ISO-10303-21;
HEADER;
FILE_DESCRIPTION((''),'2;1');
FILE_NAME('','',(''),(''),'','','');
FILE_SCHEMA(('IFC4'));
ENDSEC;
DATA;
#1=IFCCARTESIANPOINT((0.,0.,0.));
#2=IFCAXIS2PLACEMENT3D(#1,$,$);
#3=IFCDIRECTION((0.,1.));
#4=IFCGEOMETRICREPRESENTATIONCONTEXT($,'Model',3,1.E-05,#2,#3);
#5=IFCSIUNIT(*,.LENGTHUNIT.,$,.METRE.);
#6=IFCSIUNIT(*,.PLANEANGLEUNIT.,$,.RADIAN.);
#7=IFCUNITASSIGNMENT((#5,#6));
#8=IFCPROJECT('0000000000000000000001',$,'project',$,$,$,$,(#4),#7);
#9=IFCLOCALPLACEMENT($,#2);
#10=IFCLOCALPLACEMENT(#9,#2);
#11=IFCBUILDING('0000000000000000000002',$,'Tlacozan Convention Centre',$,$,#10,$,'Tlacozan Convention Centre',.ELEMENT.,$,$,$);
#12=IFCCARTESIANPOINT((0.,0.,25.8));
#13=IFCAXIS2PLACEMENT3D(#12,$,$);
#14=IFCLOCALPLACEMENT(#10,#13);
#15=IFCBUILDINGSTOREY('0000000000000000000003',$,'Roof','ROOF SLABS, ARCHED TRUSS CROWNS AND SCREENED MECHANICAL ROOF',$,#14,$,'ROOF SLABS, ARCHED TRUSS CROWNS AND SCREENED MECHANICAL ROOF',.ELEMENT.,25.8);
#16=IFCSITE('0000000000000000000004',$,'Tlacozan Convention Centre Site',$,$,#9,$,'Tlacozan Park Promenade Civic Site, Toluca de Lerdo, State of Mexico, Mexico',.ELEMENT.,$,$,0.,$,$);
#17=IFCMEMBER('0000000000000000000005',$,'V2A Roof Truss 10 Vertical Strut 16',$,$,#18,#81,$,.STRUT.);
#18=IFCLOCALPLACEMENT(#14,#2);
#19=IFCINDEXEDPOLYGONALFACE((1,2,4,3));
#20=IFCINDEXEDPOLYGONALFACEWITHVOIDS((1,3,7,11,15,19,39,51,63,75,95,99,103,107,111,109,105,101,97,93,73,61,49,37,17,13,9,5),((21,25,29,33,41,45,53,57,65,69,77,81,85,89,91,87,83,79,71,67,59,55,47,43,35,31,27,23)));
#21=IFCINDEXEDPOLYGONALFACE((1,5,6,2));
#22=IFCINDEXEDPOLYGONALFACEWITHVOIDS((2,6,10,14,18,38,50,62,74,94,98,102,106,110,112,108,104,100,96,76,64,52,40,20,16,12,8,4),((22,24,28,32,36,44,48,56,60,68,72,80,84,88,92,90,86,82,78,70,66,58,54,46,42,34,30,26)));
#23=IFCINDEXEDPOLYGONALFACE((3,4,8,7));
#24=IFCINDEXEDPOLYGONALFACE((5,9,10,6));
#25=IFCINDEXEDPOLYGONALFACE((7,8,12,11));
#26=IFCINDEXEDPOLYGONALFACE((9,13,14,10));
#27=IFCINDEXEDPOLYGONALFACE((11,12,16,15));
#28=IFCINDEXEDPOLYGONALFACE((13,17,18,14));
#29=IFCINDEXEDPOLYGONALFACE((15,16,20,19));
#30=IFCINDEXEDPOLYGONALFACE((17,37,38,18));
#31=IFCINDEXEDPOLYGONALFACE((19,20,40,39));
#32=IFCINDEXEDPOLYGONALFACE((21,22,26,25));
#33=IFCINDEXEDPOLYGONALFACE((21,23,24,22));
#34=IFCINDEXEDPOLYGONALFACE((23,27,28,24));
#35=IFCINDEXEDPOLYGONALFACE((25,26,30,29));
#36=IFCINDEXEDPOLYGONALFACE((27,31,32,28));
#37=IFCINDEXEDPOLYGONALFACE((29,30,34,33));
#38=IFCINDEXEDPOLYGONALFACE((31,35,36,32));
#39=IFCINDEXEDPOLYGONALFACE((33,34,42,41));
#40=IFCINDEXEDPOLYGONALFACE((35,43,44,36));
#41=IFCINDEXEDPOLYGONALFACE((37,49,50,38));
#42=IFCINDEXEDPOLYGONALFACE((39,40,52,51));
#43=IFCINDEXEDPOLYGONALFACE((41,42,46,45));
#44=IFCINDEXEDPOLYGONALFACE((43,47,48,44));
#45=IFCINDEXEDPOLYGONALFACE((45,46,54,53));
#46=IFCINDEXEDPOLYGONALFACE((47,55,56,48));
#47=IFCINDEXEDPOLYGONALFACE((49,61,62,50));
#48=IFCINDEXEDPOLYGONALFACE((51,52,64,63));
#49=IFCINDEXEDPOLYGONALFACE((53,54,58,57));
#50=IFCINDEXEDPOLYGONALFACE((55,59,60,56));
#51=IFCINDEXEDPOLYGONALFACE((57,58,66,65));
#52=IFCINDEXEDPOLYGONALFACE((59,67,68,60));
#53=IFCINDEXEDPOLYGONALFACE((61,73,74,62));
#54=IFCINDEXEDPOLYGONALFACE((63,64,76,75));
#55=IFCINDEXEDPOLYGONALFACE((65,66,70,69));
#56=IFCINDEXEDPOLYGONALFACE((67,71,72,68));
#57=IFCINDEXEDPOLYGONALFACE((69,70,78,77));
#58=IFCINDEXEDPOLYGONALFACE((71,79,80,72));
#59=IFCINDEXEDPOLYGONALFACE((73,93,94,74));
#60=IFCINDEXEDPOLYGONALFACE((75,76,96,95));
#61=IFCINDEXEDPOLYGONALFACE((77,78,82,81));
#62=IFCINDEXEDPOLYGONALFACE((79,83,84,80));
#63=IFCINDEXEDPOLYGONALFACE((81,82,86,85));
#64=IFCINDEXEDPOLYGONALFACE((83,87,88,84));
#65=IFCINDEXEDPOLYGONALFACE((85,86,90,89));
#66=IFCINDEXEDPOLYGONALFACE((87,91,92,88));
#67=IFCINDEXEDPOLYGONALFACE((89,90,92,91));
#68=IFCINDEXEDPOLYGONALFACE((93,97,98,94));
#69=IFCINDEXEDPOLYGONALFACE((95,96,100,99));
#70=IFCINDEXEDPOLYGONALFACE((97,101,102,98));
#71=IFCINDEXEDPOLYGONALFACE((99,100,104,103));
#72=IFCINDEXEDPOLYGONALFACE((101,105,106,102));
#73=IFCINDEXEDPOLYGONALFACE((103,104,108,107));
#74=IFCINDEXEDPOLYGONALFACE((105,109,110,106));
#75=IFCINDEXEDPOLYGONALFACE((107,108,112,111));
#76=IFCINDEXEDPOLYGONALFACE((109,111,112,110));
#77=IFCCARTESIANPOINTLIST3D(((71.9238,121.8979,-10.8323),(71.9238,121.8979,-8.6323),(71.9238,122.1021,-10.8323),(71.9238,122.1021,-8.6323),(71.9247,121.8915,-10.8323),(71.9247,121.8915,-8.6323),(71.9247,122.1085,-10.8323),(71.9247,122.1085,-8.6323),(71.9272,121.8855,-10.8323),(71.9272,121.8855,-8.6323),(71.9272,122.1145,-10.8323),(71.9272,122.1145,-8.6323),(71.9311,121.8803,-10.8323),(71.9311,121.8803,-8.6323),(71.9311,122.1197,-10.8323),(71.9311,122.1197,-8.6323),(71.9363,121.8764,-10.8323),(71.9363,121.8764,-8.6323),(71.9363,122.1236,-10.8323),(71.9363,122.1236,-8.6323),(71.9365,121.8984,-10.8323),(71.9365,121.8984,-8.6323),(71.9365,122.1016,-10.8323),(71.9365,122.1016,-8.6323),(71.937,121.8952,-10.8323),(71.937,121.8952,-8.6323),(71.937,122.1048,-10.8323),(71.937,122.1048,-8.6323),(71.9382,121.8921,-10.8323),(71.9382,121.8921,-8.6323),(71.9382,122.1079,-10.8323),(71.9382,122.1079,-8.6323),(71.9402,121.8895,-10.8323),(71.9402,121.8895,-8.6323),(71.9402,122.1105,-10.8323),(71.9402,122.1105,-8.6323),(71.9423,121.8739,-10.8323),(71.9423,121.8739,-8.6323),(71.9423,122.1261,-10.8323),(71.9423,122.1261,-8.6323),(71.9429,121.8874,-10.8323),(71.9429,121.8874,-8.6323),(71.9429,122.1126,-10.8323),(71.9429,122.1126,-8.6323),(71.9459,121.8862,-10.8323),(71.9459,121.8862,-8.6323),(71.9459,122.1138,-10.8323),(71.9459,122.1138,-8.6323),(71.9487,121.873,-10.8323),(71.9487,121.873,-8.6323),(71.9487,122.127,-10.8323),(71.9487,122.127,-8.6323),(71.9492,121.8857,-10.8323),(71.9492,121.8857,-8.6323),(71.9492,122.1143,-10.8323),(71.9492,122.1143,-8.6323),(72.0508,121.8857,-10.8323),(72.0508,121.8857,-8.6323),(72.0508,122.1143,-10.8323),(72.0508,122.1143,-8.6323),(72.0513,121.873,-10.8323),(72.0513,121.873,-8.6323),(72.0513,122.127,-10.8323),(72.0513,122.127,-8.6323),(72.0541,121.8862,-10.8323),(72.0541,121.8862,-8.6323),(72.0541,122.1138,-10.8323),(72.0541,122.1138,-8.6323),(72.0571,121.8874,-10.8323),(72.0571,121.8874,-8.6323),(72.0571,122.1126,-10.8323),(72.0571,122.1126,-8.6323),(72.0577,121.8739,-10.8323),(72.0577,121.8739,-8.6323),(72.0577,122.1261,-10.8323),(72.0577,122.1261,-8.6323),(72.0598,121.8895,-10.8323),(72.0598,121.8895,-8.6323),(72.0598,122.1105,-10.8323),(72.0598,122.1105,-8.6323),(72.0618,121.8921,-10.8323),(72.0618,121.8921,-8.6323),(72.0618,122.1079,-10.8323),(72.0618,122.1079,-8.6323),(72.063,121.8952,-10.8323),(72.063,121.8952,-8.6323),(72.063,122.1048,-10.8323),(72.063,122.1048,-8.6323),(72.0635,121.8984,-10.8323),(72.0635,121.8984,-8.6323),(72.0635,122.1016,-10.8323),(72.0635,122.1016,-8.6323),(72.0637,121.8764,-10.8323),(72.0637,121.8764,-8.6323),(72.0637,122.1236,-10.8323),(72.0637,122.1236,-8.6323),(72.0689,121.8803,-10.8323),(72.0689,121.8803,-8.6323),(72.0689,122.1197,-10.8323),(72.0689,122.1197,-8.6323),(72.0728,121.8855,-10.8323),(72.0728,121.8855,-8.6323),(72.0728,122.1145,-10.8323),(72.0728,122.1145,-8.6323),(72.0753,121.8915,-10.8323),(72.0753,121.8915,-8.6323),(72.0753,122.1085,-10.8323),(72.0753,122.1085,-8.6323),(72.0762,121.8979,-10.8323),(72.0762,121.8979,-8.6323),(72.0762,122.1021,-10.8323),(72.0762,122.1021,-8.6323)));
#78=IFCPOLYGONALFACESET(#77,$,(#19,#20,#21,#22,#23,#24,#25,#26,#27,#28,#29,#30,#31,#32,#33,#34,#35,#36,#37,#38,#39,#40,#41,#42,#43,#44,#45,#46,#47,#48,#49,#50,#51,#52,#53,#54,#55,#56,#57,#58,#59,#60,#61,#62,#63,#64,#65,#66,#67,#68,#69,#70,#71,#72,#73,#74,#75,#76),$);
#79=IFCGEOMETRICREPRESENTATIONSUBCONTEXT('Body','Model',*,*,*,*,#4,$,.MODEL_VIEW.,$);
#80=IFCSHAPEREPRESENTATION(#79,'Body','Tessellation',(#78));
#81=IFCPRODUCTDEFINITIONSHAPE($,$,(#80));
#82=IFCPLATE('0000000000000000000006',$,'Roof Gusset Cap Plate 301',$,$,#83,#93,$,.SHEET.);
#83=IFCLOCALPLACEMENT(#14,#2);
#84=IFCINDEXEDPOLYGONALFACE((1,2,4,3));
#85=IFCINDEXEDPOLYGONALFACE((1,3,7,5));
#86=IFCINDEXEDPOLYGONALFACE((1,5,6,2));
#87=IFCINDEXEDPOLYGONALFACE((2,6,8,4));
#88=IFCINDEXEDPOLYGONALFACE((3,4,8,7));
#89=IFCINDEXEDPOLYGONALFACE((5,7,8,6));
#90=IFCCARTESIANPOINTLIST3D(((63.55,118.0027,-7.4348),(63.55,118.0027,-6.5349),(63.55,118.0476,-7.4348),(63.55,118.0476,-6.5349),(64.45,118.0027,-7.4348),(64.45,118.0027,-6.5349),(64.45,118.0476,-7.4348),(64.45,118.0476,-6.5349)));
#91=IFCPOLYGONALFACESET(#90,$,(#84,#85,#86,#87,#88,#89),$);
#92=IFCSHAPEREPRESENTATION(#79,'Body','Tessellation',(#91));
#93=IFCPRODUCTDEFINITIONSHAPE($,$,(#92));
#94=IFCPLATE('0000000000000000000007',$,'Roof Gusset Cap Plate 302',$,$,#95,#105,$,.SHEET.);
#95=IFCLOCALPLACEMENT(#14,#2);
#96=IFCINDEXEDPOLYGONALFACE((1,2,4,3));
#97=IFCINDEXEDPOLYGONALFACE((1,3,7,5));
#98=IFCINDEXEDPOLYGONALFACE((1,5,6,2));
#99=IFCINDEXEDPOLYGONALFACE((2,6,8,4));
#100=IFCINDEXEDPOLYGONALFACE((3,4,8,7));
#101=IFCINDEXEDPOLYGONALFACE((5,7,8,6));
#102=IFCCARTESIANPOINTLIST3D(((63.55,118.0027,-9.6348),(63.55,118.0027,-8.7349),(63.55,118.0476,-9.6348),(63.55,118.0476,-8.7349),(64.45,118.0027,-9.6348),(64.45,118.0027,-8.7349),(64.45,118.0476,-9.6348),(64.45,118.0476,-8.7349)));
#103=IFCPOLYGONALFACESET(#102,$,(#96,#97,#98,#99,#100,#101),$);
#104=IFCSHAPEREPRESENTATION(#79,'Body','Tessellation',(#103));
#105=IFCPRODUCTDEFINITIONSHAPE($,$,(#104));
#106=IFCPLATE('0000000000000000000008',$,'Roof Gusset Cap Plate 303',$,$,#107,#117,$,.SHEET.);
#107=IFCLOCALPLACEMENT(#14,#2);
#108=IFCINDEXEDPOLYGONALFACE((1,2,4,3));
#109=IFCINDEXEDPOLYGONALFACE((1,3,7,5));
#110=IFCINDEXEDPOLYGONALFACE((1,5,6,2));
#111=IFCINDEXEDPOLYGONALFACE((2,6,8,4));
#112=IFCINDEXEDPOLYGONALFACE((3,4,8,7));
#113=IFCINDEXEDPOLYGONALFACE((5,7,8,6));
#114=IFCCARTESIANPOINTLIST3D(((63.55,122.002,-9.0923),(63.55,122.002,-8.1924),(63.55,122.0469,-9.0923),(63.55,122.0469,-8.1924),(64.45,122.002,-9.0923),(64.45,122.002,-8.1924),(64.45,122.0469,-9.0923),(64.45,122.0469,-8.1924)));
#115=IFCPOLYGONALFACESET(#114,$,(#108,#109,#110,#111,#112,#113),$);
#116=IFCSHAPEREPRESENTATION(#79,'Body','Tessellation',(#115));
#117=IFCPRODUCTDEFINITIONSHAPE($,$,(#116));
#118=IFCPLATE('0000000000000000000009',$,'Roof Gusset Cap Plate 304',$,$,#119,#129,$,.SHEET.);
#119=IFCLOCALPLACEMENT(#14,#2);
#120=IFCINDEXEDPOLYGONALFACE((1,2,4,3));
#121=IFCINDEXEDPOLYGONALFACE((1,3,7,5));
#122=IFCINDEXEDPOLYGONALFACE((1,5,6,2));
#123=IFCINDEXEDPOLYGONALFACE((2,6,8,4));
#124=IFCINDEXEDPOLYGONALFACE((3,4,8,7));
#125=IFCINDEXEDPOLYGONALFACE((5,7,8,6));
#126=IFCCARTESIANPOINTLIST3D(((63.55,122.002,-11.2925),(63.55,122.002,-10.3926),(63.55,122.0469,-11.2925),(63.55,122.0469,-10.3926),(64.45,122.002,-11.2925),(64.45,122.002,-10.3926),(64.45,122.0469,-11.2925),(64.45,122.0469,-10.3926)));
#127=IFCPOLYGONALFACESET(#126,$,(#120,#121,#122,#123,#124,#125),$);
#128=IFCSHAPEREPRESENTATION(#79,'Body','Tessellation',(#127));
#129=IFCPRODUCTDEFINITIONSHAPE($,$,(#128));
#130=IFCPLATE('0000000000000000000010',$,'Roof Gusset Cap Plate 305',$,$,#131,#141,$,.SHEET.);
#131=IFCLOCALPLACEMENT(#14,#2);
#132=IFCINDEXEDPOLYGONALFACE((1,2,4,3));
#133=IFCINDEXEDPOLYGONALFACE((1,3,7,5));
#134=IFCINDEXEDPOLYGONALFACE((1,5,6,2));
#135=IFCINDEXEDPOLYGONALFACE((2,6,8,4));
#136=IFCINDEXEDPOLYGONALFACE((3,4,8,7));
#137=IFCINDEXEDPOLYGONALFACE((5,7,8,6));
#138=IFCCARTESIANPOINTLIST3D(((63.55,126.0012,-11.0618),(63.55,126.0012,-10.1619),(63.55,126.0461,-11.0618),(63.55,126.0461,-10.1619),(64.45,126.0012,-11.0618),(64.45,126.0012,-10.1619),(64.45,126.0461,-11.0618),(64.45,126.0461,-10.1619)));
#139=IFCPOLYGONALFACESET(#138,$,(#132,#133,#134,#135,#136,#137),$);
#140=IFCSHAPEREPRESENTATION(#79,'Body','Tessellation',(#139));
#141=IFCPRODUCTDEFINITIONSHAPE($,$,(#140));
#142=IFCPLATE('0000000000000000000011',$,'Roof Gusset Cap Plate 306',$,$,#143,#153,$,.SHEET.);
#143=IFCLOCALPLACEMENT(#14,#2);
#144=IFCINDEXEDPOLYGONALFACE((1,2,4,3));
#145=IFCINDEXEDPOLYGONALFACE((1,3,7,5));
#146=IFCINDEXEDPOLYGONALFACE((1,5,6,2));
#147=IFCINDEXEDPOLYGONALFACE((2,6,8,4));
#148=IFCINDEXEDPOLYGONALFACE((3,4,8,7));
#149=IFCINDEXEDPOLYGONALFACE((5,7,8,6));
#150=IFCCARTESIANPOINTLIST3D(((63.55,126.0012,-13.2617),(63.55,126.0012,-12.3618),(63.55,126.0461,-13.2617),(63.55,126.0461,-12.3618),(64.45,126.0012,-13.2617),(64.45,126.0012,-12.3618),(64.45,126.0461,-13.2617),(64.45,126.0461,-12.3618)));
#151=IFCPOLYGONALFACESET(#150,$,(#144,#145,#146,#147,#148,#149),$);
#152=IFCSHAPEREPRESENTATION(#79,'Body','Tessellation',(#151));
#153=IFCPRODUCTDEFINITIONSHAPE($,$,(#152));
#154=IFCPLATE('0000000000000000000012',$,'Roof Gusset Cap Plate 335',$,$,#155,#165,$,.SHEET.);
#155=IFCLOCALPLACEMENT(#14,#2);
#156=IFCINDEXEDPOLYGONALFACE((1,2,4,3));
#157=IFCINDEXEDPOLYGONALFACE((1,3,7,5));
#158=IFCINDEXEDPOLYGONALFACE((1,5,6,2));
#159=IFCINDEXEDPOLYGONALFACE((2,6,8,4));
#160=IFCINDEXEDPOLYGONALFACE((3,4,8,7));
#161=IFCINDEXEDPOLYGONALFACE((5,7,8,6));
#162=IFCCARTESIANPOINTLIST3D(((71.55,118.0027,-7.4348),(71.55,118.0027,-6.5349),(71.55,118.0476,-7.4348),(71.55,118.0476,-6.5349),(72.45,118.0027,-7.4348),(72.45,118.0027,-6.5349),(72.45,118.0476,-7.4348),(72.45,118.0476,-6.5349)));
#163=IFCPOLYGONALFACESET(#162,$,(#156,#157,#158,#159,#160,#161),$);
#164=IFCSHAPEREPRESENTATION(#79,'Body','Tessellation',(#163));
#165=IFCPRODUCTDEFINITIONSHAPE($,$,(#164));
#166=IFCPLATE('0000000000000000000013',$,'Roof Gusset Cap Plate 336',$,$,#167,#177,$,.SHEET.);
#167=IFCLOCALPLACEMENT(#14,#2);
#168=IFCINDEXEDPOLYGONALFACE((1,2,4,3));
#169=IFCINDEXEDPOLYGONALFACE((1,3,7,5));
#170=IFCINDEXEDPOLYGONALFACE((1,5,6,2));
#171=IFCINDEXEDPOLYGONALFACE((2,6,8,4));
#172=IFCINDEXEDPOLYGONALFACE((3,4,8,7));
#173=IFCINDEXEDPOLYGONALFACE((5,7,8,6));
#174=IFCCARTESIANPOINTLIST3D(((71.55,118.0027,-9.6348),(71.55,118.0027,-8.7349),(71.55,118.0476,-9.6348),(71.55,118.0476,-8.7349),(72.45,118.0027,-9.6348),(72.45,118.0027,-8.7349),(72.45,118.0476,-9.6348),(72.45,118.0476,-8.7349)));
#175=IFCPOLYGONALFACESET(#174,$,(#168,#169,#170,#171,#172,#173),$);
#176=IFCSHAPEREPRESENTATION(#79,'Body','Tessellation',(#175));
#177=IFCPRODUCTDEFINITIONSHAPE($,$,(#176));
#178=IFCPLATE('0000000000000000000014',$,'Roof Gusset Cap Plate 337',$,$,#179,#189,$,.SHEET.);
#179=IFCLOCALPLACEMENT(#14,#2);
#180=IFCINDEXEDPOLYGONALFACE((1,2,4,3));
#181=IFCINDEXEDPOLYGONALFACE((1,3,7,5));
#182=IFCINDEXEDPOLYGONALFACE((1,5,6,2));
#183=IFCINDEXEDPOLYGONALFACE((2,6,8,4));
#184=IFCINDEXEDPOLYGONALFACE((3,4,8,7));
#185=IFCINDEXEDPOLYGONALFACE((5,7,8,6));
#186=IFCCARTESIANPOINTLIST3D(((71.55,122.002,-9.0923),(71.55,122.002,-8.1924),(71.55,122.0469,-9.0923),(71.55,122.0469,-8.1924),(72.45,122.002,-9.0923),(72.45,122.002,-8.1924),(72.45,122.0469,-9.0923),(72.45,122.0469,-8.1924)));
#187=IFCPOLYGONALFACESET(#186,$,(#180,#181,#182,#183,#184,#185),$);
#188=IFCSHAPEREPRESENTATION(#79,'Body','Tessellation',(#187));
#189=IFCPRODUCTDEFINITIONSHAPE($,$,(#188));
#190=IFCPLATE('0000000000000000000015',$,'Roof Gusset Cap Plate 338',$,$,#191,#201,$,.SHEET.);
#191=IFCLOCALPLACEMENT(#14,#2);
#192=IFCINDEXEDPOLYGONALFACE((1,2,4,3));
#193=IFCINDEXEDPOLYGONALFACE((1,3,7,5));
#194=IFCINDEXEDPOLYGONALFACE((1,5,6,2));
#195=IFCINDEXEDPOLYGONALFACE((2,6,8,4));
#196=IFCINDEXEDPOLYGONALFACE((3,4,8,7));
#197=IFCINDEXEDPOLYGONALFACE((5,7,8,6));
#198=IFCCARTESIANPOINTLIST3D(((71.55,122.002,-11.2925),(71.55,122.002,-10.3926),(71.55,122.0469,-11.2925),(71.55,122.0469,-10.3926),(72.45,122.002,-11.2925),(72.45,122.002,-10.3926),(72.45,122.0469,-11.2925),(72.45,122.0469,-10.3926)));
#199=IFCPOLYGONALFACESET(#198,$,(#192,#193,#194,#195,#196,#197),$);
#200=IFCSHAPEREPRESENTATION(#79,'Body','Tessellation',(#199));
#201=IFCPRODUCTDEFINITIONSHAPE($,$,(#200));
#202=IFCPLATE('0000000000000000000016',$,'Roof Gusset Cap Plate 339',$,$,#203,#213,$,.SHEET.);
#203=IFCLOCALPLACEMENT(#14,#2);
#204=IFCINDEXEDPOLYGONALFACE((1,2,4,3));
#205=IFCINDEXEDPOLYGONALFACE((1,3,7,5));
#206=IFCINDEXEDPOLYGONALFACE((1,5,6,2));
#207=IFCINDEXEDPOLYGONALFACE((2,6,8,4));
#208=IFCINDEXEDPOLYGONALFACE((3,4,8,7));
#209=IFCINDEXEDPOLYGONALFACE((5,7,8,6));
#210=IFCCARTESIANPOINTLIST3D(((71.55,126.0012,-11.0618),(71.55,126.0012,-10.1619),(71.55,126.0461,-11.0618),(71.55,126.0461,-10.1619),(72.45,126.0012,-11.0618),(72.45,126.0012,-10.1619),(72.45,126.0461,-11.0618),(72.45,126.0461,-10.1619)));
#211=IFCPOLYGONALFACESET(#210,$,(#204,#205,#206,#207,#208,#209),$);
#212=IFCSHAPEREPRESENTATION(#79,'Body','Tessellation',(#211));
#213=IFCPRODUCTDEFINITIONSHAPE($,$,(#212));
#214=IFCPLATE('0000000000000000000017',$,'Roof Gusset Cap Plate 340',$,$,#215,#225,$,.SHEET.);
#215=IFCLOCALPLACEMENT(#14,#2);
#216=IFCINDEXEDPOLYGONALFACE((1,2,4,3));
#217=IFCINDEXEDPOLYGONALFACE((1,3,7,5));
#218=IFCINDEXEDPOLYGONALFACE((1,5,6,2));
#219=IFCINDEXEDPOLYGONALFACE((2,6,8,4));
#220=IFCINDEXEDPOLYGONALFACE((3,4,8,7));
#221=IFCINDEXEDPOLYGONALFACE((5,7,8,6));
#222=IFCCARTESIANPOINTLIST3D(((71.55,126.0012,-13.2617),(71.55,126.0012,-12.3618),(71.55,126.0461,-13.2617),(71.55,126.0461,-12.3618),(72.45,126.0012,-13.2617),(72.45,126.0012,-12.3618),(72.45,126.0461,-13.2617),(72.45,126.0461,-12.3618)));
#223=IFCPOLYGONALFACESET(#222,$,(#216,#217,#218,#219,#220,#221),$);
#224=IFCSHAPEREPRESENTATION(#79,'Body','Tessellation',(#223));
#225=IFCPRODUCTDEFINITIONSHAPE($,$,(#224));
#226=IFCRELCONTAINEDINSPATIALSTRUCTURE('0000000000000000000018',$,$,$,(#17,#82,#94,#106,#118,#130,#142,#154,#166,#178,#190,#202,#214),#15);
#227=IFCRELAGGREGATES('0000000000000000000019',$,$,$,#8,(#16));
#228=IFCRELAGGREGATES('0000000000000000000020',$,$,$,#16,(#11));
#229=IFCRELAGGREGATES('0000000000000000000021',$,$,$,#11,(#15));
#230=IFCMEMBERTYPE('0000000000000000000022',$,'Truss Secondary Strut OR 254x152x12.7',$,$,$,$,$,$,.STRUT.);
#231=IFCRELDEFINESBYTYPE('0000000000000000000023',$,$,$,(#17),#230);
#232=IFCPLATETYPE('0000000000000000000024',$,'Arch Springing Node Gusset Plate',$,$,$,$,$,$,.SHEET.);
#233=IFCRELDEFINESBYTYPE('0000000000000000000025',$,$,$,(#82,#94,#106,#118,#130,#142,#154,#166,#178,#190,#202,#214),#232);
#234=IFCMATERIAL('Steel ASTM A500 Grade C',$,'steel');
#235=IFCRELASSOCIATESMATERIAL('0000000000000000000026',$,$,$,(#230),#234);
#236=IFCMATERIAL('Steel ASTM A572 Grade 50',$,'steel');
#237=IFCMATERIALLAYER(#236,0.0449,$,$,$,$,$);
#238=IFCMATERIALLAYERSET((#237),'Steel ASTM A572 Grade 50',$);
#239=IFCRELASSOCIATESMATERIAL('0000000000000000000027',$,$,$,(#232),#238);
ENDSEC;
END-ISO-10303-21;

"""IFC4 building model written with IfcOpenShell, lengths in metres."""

from ifc_helpers import new_model, si_unit, direction, frame, origin, origin_2d, place, context, subcontext, project, spatial, rectangle, hollow_rectangle, extrude, material, layer, layer_set, material_profile, profile_set, type_object, element, save


model = new_model("IFC4")

# Units and contexts
model_context = context("Model", 3, precision=1e-05, world=origin(), true_north=direction((0.0, 1.0)))
body_context = subcontext(model_context, "Body", "Model", "MODEL_VIEW")
ifc_project = project(units=[si_unit("LENGTHUNIT", "METRE"), si_unit("PLANEANGLEUNIT", "RADIAN")], contexts=[model_context])

# Site, building, storey
site_placement = place(None, origin())
site = spatial("IfcSite", under=ifc_project, at=site_placement, Name="Tlacozan Convention Centre Site", LongName="Tlacozan Park Promenade Civic Site, Toluca de Lerdo, State of Mexico, Mexico", CompositionType="ELEMENT", RefElevation=0.0)
building_placement = place(site_placement, origin())
building = spatial("IfcBuilding", under=site, at=building_placement, Name="Tlacozan Convention Centre", LongName="Tlacozan Convention Centre", CompositionType="ELEMENT")
storey_placement = place(building_placement, frame((0.0, 0.0, 25.8)))
storey = spatial("IfcBuildingStorey", under=building, at=storey_placement, Name="Roof", Description="ROOF SLABS, ARCHED TRUSS CROWNS AND SCREENED MECHANICAL ROOF", LongName="ROOF SLABS, ARCHED TRUSS CROWNS AND SCREENED MECHANICAL ROOF", CompositionType="ELEMENT", Elevation=25.8)

# Member
ifc_material_1 = material(Name="Steel ASTM A500 Grade C", Category="steel")
ifc_material_profile_1 = material_profile(ifc_material_1, hollow_rectangle(XDim=0.1523, YDim=0.2539, WallThickness=0.0127, InnerFilletRadius=0.0127, OuterFilletRadius=0.0249, at=origin_2d()), Name="OR 254x152x12.7")
ifc_profile_set_1 = profile_set([ifc_material_profile_1], Name="Steel ASTM A500 Grade C")
member_type_1 = type_object("IfcMemberType", Name="Truss Secondary Strut OR 254x152x12.7", PredefinedType="STRUT", material=ifc_profile_set_1)
for number, where, z_axis, x_axis, name in (
    (1, (72.0, 122.0, -10.8323), (0.0, 0.0, 1.0), (1.0, 0.0, 0.0), "V2A Roof Truss 10 Vertical Strut 16"),
):
    element("IfcMember", number, at=place(storey_placement, frame(where, z_axis=z_axis, x_axis=x_axis)), inside=storey, type_object=member_type_1, Name=name, PredefinedType="STRUT", context=body_context, shape_type="SweptSolid", body=[
        extrude(hollow_rectangle(XDim=0.1523, YDim=0.2539, WallThickness=0.0127, InnerFilletRadius=0.0127, OuterFilletRadius=0.0249, at=origin_2d()), origin(), (0.0, 0.0, 1.0), 2.2),
    ])

# Plates
ifc_material_2 = material(Name="Steel ASTM A572 Grade 50", Category="steel")
ifc_layer = layer(ifc_material_2, 0.0449)
ifc_layer_set = layer_set([ifc_layer], Name="Steel ASTM A572 Grade 50")
plate_type = type_object("IfcPlateType", Name="Arch Springing Node Gusset Plate", PredefinedType="SHEET", material=ifc_layer_set)
for number, where, z_axis, x_axis, name in (
    (2, (64.0, 118.0251, -7.4348), (0.0, 0.0, 1.0), (0.0, 1.0, 0.0), "Roof Gusset Cap Plate 301"),
    (3, (64.0, 118.0251, -9.6348), (0.0, 0.0, 1.0), (0.0, 1.0, 0.0), "Roof Gusset Cap Plate 302"),
    (4, (64.0, 122.0244, -9.0923), (0.0, 0.0, 1.0), (0.0, 1.0, 0.0), "Roof Gusset Cap Plate 303"),
    (5, (64.0, 122.0244, -11.2925), (0.0, 0.0, 1.0), (0.0, 1.0, 0.0), "Roof Gusset Cap Plate 304"),
    (6, (64.0, 126.0237, -11.0618), (0.0, 0.0, 1.0), (0.0, 1.0, 0.0), "Roof Gusset Cap Plate 305"),
    (7, (64.0, 126.0237, -13.2617), (0.0, 0.0, 1.0), (0.0, 1.0, 0.0), "Roof Gusset Cap Plate 306"),
    (8, (72.0, 118.0251, -7.4348), (0.0, 0.0, 1.0), (0.0, 1.0, 0.0), "Roof Gusset Cap Plate 335"),
    (9, (72.0, 118.0251, -9.6348), (0.0, 0.0, 1.0), (0.0, 1.0, 0.0), "Roof Gusset Cap Plate 336"),
    (10, (72.0, 122.0244, -9.0923), (0.0, 0.0, 1.0), (0.0, 1.0, 0.0), "Roof Gusset Cap Plate 337"),
    (11, (72.0, 122.0244, -11.2925), (0.0, 0.0, 1.0), (0.0, 1.0, 0.0), "Roof Gusset Cap Plate 338"),
    (12, (72.0, 126.0237, -11.0618), (0.0, 0.0, 1.0), (0.0, 1.0, 0.0), "Roof Gusset Cap Plate 339"),
    (13, (72.0, 126.0237, -13.2617), (0.0, 0.0, 1.0), (0.0, 1.0, 0.0), "Roof Gusset Cap Plate 340"),
):
    element("IfcPlate", number, at=place(storey_placement, frame(where, z_axis=z_axis, x_axis=x_axis)), inside=storey, type_object=plate_type, Name=name, PredefinedType="SHEET", context=body_context, shape_type="SweptSolid", body=[
        extrude(rectangle(XDim=0.0449, YDim=0.8999, at=origin_2d()), origin(), (0.0, 0.0, 1.0), 0.8999),
    ])

save(model, "model.ifc")
